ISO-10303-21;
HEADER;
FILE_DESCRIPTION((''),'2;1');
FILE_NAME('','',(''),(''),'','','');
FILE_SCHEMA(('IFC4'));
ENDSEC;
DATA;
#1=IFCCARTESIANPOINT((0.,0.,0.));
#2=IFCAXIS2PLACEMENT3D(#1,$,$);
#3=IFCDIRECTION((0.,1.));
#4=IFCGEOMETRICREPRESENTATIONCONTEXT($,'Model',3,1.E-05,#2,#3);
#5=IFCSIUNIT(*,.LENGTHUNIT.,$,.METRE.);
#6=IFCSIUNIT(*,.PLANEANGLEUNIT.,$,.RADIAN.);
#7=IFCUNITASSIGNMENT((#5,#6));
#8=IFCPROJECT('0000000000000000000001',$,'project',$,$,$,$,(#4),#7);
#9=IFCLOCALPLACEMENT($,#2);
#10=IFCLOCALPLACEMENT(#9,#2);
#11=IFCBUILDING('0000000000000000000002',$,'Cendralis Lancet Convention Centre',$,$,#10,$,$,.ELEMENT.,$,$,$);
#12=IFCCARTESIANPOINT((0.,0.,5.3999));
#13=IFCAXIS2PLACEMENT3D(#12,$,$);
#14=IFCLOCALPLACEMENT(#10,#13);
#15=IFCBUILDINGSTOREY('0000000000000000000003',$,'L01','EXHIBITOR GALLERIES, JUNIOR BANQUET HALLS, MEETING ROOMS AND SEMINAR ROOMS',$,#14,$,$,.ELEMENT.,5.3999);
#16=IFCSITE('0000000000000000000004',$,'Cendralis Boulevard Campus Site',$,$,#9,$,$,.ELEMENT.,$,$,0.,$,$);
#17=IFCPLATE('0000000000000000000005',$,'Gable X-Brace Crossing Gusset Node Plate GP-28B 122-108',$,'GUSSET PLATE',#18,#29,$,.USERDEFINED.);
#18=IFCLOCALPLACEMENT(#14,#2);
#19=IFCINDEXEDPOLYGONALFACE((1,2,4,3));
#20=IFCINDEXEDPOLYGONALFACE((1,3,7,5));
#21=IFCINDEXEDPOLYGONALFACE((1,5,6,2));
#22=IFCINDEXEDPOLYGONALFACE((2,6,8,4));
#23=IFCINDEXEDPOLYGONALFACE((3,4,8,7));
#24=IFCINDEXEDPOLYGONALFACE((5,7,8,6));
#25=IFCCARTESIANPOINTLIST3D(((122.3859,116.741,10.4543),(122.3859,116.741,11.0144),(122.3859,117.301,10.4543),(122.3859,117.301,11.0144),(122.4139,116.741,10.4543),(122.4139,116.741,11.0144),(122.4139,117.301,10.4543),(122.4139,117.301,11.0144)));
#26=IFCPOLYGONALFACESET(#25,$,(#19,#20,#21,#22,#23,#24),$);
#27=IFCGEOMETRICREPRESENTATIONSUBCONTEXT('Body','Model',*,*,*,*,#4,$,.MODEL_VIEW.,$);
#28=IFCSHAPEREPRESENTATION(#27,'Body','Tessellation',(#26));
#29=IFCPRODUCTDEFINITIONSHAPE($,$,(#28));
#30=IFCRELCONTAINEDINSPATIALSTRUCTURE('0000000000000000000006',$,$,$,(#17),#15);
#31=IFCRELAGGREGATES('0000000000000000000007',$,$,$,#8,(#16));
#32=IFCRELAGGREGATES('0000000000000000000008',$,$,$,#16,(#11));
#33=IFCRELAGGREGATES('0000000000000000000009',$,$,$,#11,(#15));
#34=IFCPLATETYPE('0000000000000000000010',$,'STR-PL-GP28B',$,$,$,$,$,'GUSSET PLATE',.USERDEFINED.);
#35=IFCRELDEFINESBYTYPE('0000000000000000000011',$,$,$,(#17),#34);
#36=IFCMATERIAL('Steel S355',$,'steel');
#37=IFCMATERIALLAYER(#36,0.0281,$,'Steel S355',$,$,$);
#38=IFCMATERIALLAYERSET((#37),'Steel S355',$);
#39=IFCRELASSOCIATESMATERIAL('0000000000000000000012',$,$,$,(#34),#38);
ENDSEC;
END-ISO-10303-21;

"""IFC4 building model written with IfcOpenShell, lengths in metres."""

from ifc_helpers import new_model, si_unit, direction, frame, origin, origin_2d, place, context, subcontext, project, spatial, rectangle, extrude, material, layer, layer_set, type_object, element, save


model = new_model("IFC4")

# Units and contexts
model_context = context("Model", 3, precision=1e-05, world=origin(), true_north=direction((0.0, 1.0)))
body_context = subcontext(model_context, "Body", "Model", "MODEL_VIEW")
ifc_project = project(units=[si_unit("LENGTHUNIT", "METRE"), si_unit("PLANEANGLEUNIT", "RADIAN")], contexts=[model_context])

# Site, building, storey
site_placement = place(None, origin())
site = spatial("IfcSite", under=ifc_project, at=site_placement, Name="Cendralis Boulevard Campus Site", CompositionType="ELEMENT", RefElevation=0.0)
building_placement = place(site_placement, origin())
building = spatial("IfcBuilding", under=site, at=building_placement, Name="Cendralis Lancet Convention Centre", CompositionType="ELEMENT")
storey_placement = place(building_placement, frame((0.0, 0.0, 5.3999)))
storey = spatial("IfcBuildingStorey", under=building, at=storey_placement, Name="L01", Description="EXHIBITOR GALLERIES, JUNIOR BANQUET HALLS, MEETING ROOMS AND SEMINAR ROOMS", CompositionType="ELEMENT", Elevation=5.3999)

# Shared definitions
ifc_material_1 = material(Name="Steel S355", Category="steel")

# Plate
ifc_layer_1 = layer(ifc_material_1, 0.0281, Name="Steel S355")
ifc_layer_set_1 = layer_set([ifc_layer_1], Name="Steel S355")
plate_type_1 = type_object("IfcPlateType", Name="STR-PL-GP28B", ElementType="GUSSET PLATE", PredefinedType="USERDEFINED", material=ifc_layer_set_1)
plate_1_placement = place(storey_placement, frame((122.3999, 117.021, 10.4543), z_axis=(0.0, 0.0, 1.0), x_axis=(0.0, 1.0, 0.0)))
element("IfcPlate", 1, at=plate_1_placement, inside=storey, type_object=plate_type_1, Name="Gable X-Brace Crossing Gusset Node Plate GP-28B 122-108", ObjectType="GUSSET PLATE", PredefinedType="USERDEFINED", context=body_context, shape_type="SweptSolid", body=[
    extrude(rectangle(XDim=0.5601, YDim=0.0281, at=origin_2d()), origin(), (0.0, 0.0, 1.0), 0.5601),
])

save(model, "model.ifc")
